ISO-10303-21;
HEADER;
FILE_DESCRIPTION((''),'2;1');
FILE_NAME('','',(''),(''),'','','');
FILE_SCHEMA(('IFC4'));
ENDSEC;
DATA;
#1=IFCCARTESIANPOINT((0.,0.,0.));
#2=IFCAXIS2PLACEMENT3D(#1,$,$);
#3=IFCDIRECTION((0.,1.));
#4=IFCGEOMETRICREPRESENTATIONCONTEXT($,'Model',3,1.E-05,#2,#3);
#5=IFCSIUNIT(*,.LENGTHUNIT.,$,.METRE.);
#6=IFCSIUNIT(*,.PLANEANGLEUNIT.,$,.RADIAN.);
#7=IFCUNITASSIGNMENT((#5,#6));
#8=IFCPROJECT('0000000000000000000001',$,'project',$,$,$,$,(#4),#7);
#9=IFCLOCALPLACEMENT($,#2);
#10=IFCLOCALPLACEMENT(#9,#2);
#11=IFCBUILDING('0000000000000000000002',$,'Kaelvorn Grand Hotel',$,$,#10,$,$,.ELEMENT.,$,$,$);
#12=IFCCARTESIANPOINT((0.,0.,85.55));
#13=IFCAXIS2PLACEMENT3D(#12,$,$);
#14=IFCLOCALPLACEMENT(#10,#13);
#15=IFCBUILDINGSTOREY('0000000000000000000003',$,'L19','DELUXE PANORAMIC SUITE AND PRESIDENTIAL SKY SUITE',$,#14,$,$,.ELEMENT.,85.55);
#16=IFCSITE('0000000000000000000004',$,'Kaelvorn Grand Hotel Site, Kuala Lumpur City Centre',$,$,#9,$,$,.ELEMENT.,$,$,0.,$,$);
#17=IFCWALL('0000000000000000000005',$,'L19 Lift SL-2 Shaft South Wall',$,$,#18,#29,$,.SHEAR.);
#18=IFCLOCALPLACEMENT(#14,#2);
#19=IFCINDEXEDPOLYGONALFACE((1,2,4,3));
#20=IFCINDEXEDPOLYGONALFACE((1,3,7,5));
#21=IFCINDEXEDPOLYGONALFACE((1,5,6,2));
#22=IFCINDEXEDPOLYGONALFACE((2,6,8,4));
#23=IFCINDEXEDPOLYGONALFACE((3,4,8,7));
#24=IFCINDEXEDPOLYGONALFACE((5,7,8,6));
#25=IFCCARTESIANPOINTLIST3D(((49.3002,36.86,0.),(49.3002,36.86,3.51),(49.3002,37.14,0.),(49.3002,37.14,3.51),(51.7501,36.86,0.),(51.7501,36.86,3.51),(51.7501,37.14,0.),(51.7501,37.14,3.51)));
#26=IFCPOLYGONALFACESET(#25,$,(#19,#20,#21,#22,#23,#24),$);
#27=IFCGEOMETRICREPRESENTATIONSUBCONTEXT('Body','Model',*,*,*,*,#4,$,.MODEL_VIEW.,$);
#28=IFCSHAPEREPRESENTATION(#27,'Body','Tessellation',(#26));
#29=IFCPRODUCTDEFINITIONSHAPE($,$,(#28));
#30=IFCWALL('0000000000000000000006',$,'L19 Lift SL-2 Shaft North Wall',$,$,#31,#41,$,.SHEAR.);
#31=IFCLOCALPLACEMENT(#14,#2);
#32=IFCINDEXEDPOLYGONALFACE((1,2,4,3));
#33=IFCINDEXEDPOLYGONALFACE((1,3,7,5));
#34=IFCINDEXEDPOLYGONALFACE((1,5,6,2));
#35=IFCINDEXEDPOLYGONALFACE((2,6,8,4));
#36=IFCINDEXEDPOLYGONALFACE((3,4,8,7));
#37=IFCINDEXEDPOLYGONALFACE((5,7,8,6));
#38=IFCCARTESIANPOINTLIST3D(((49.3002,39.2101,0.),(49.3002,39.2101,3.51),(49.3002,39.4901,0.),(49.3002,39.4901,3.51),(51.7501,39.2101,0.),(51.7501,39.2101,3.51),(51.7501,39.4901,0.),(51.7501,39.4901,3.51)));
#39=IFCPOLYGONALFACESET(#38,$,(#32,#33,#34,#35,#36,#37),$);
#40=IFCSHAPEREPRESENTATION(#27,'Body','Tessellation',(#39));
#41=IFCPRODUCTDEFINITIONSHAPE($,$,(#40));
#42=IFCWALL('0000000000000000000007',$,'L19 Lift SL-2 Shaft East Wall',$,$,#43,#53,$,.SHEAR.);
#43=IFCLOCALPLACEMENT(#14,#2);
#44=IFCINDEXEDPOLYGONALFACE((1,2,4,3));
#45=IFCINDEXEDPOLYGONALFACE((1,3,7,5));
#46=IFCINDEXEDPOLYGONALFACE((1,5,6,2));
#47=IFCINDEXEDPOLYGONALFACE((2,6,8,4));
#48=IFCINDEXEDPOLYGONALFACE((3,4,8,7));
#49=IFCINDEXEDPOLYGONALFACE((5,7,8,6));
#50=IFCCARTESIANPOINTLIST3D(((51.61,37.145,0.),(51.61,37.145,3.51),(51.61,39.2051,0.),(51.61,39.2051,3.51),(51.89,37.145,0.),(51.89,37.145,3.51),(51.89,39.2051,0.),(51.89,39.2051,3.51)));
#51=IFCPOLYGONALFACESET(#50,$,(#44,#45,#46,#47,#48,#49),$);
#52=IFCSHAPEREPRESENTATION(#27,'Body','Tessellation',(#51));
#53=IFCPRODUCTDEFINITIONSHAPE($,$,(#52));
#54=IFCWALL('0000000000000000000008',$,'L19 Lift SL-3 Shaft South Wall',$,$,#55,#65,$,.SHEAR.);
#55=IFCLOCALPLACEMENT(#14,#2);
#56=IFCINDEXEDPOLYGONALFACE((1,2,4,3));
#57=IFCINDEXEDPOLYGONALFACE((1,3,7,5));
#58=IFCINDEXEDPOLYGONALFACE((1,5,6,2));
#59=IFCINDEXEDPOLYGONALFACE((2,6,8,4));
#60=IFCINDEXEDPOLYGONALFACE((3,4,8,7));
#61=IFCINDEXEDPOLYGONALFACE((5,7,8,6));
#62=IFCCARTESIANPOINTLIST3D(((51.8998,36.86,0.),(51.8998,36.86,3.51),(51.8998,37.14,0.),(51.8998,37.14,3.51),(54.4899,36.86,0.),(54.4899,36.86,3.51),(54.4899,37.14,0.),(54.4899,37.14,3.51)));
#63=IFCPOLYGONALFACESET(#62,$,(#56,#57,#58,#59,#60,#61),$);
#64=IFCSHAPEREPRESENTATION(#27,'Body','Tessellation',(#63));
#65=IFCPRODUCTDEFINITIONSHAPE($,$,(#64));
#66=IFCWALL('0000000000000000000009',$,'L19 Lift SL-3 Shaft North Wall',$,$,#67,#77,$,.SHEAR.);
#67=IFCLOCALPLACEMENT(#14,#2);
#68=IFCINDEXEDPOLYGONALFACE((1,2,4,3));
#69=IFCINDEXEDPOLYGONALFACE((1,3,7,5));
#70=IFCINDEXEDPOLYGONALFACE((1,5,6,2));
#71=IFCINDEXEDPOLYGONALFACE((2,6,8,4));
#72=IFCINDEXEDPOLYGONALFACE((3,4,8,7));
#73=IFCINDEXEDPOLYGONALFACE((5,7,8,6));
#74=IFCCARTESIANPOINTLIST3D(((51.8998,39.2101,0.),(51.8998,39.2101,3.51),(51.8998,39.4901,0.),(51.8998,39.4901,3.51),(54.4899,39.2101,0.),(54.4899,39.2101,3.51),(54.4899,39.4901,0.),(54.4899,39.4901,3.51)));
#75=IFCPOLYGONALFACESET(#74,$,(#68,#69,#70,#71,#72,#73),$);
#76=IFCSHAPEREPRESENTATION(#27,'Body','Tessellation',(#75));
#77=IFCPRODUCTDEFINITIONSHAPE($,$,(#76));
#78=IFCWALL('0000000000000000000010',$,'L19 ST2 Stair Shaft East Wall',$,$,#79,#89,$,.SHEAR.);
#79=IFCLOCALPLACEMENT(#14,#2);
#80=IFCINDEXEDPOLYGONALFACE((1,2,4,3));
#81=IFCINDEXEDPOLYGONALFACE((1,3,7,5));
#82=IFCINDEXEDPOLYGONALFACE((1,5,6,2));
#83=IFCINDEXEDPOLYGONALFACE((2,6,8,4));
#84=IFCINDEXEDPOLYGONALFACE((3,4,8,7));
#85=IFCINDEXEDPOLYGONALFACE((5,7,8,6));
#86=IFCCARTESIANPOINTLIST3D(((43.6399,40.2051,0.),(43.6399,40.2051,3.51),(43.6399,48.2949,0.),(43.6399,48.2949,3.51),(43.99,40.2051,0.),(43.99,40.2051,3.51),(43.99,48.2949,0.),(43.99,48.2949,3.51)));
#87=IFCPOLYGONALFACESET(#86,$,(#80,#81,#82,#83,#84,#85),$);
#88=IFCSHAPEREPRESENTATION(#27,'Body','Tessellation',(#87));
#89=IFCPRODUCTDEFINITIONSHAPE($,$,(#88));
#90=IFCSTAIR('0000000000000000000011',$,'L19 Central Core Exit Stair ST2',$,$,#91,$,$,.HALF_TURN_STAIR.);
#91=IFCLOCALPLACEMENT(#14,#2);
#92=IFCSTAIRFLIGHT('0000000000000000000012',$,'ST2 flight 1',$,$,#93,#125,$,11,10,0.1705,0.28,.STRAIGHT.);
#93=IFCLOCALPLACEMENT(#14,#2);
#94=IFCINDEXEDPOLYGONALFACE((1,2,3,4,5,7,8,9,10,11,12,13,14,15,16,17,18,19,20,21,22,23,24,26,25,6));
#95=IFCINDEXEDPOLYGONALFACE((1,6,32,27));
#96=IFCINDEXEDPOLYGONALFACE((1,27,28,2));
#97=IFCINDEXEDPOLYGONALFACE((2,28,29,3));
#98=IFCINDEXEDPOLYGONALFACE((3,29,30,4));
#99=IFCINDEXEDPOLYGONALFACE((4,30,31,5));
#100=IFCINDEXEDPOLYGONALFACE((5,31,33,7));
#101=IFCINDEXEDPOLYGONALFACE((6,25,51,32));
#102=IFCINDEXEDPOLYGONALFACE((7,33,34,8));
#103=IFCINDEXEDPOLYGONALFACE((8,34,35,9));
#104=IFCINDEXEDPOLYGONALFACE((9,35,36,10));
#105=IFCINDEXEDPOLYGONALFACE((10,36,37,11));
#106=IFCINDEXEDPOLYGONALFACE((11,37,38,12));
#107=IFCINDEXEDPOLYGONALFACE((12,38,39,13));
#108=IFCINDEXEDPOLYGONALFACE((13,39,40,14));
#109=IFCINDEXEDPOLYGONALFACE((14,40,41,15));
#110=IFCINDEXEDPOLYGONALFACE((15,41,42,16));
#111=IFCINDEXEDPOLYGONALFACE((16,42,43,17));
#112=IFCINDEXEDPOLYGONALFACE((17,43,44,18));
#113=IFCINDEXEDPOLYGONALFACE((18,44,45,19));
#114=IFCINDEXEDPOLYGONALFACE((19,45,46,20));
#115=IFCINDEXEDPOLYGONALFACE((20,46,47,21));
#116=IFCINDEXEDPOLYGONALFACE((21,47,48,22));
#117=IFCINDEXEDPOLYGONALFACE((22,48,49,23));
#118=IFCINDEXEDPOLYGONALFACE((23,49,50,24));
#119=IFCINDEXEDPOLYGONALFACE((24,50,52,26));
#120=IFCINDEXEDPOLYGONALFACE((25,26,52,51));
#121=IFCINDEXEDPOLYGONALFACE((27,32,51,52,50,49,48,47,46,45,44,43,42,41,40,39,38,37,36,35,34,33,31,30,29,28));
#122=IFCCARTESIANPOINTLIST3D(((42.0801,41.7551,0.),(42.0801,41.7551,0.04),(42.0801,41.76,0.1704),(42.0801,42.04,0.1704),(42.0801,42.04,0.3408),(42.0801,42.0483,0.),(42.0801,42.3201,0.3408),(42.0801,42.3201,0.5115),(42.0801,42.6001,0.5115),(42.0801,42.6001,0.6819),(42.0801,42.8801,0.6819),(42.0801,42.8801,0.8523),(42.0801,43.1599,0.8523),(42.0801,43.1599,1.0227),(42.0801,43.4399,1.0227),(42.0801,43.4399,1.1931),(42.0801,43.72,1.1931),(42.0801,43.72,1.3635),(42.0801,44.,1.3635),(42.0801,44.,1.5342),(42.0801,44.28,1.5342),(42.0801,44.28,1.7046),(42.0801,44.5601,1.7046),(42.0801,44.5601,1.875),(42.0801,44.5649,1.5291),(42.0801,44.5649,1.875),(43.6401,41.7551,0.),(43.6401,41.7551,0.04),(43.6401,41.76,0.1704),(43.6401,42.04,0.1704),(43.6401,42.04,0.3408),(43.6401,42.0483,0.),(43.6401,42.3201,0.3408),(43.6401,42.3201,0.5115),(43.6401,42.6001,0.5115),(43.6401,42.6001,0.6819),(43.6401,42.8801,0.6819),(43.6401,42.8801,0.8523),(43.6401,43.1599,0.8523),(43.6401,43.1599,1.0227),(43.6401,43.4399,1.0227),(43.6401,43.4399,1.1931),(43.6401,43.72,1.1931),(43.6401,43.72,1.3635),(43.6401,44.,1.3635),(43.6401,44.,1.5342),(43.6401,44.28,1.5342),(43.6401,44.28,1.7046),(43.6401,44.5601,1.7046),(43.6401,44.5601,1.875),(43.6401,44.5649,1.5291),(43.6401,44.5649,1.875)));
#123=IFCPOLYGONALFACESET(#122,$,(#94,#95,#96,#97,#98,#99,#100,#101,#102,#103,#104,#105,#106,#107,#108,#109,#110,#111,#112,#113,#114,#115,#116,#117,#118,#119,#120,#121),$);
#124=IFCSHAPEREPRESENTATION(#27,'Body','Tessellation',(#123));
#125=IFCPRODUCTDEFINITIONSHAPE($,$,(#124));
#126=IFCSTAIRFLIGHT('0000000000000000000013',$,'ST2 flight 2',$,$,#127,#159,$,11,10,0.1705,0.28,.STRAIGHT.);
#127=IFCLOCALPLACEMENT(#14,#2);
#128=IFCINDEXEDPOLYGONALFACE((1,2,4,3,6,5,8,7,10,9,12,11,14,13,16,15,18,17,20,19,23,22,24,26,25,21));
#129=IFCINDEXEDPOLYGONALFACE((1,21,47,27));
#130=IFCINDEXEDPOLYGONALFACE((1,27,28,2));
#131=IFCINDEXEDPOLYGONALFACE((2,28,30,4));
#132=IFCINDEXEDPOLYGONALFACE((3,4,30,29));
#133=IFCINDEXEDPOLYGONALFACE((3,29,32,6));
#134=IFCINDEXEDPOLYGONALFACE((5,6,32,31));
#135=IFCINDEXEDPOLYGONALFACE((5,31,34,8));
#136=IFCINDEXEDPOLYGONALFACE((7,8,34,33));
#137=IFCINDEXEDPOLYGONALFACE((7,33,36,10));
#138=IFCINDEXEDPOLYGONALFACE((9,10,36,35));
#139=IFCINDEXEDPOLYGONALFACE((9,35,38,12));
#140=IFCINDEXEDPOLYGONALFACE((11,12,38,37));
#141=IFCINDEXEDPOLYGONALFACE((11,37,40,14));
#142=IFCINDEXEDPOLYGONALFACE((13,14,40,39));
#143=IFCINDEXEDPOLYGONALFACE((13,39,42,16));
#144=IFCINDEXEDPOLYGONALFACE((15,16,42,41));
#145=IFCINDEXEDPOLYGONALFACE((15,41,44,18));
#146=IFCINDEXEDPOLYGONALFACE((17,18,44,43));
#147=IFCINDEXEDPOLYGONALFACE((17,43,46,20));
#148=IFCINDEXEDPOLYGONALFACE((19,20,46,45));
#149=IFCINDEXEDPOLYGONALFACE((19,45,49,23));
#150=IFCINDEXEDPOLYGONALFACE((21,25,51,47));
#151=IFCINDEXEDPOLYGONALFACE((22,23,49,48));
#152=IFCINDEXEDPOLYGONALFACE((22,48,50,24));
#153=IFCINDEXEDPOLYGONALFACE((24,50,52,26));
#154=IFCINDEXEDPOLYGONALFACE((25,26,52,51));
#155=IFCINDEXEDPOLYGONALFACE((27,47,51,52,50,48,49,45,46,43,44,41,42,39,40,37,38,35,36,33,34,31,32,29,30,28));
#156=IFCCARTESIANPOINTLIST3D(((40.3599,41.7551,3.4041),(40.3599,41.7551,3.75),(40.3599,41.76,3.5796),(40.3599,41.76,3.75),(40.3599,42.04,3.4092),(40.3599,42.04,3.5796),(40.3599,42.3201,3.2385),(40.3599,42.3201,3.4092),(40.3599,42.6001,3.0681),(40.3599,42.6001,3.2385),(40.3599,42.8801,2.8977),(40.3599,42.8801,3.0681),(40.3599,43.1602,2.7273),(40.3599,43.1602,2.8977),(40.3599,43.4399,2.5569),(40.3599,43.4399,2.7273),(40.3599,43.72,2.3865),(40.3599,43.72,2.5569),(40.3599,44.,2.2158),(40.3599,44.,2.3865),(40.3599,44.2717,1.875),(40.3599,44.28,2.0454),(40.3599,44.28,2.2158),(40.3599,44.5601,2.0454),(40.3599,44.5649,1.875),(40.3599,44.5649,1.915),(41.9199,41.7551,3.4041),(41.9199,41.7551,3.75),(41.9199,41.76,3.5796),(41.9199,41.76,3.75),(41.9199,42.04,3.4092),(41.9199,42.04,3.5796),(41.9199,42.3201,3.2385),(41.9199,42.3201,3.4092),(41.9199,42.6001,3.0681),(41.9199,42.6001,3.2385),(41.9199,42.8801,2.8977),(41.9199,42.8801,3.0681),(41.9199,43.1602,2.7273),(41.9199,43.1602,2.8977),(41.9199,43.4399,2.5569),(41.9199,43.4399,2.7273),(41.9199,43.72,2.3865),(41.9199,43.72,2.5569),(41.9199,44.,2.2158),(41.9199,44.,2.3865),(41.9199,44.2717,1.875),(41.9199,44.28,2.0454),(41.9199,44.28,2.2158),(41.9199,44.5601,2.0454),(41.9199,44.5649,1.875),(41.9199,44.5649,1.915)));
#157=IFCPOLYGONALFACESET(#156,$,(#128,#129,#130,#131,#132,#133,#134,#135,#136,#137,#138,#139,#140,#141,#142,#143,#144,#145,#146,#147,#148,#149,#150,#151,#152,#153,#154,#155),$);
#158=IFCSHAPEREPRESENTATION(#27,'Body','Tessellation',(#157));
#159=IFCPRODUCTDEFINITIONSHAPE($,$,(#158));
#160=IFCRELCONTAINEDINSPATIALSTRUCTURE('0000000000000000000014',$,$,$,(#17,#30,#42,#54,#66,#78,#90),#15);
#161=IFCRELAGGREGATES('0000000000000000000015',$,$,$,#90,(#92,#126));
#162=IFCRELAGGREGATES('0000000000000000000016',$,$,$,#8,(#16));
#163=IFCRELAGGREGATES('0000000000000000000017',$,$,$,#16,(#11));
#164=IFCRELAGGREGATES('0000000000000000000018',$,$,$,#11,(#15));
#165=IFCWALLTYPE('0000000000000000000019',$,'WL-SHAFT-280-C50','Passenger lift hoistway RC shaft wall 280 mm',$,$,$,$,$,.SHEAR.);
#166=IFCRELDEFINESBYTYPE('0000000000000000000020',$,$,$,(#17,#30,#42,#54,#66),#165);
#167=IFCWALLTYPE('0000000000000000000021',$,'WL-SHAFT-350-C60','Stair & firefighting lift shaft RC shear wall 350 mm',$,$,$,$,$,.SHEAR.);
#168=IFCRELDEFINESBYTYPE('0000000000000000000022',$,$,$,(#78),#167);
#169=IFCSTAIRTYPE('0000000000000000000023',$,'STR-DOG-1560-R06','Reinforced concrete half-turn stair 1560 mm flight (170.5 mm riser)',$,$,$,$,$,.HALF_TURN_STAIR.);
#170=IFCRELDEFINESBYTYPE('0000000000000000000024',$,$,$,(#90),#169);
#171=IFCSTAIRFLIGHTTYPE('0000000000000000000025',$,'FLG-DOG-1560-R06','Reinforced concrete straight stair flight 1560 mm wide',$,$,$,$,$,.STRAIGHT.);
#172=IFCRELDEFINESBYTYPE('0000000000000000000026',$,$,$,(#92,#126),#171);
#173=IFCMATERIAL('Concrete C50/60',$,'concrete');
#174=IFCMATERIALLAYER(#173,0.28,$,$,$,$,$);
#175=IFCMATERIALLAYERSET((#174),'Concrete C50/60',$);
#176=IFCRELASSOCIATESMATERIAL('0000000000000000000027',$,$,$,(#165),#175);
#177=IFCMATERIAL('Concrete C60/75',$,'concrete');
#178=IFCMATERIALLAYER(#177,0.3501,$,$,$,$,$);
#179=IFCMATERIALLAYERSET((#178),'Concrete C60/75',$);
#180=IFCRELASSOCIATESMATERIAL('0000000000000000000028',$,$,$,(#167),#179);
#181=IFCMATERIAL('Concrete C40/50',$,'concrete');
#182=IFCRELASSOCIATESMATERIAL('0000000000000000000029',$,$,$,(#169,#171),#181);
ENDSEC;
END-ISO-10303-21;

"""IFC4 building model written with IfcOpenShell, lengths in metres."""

from ifc_helpers import new_model, si_unit, direction, frame, frame_2d, origin, place, context, subcontext, project, spatial, polyline, rectangle, outline, extrude, material, layer, layer_set, type_object, element, aggregate, save


model = new_model("IFC4")

# Units and contexts
model_context = context("Model", 3, precision=1e-05, world=origin(), true_north=direction((0.0, 1.0)))
body_context = subcontext(model_context, "Body", "Model", "MODEL_VIEW")
ifc_project = project(units=[si_unit("LENGTHUNIT", "METRE"), si_unit("PLANEANGLEUNIT", "RADIAN")], contexts=[model_context])

# Site, building, storey
site_placement = place(None, origin())
site = spatial("IfcSite", under=ifc_project, at=site_placement, Name="Kaelvorn Grand Hotel Site, Kuala Lumpur City Centre", CompositionType="ELEMENT", RefElevation=0.0)
building_placement = place(site_placement, origin())
building = spatial("IfcBuilding", under=site, at=building_placement, Name="Kaelvorn Grand Hotel", CompositionType="ELEMENT")
storey_placement = place(building_placement, frame((0.0, 0.0, 85.55)))
storey = spatial("IfcBuildingStorey", under=building, at=storey_placement, Name="L19", Description="DELUXE PANORAMIC SUITE AND PRESIDENTIAL SKY SUITE", CompositionType="ELEMENT", Elevation=85.55)

# Shared definitions
ifc_material_1 = material(Name="Concrete C60/75", Category="concrete")

# Walls
ifc_material_2 = material(Name="Concrete C40/50", Category="concrete")
ifc_material_3 = material(Name="Concrete C50/60", Category="concrete")
ifc_layer_1 = layer(ifc_material_3, 0.28)
ifc_layer_set_1 = layer_set([ifc_layer_1], Name="Concrete C50/60")
wall_type_1 = type_object("IfcWallType", Name="WL-SHAFT-280-C50", Description="Passenger lift hoistway RC shaft wall 280 mm", PredefinedType="SHEAR", material=ifc_layer_set_1)
for number, where, z_axis, x_axis, name in (
    (1, (49.3, 37.0, 0.0), (0.0, 0.0, 1.0), (1.0, 0.0, 0.0), "L19 Lift SL-2 Shaft South Wall"),
    (2, (49.3, 39.3501, 0.0), (0.0, 0.0, 1.0), (1.0, 0.0, 0.0), "L19 Lift SL-2 Shaft North Wall"),
):
    element("IfcWall", number, at=place(storey_placement, frame(where, z_axis=z_axis, x_axis=x_axis)), inside=storey, type_object=wall_type_1, Name=name, PredefinedType="SHEAR", context=body_context, shape_type="SweptSolid", body=[
        extrude(rectangle(XDim=2.45, YDim=0.28, at=frame_2d((1.2251, 0.0))), origin(), (0.0, 0.0, 1.0), 3.51),
    ])
wall_1_placement = place(storey_placement, frame((51.75, 37.145, 0.0), z_axis=(0.0, 0.0, 1.0), x_axis=(0.0, 1.0, 0.0)))
element("IfcWall", 3, at=wall_1_placement, inside=storey, type_object=wall_type_1, Name="L19 Lift SL-2 Shaft East Wall", PredefinedType="SHEAR", context=body_context, shape_type="SweptSolid", body=[
    extrude(rectangle(XDim=2.0601, YDim=0.28, at=frame_2d((1.03, 0.0))), origin(), (0.0, 0.0, 1.0), 3.51),
])
for number, where, z_axis, x_axis, name in (
    (4, (51.8999, 37.0, 0.0), (0.0, 0.0, 1.0), (1.0, 0.0, 0.0), "L19 Lift SL-3 Shaft South Wall"),
    (5, (51.8999, 39.3501, 0.0), (0.0, 0.0, 1.0), (1.0, 0.0, 0.0), "L19 Lift SL-3 Shaft North Wall"),
):
    element("IfcWall", number, at=place(storey_placement, frame(where, z_axis=z_axis, x_axis=x_axis)), inside=storey, type_object=wall_type_1, Name=name, PredefinedType="SHEAR", context=body_context, shape_type="SweptSolid", body=[
        extrude(rectangle(XDim=2.5901, YDim=0.28, at=frame_2d((1.2949, 0.0))), origin(), (0.0, 0.0, 1.0), 3.51),
    ])
ifc_layer_2 = layer(ifc_material_1, 0.3501)
ifc_layer_set_2 = layer_set([ifc_layer_2], Name="Concrete C60/75")
wall_type_2 = type_object("IfcWallType", Name="WL-SHAFT-350-C60", Description="Stair & firefighting lift shaft RC shear wall 350 mm", PredefinedType="SHEAR", material=ifc_layer_set_2)
wall_2_placement = place(storey_placement, frame((43.8149, 40.2051, 0.0), z_axis=(0.0, 0.0, 1.0), x_axis=(0.0, 1.0, 0.0)))
element("IfcWall", 6, at=wall_2_placement, inside=storey, type_object=wall_type_2, Name="L19 ST2 Stair Shaft East Wall", PredefinedType="SHEAR", context=body_context, shape_type="SweptSolid", body=[
    extrude(rectangle(XDim=8.0898, YDim=0.3501, at=frame_2d((4.0449, 0.0))), origin(), (0.0, 0.0, 1.0), 3.51),
])

# Stair, stair flights
stair_type = type_object("IfcStairType", Name="STR-DOG-1560-R06", Description="Reinforced concrete half-turn stair 1560 mm flight (170.5 mm riser)", PredefinedType="HALF_TURN_STAIR", material=ifc_material_2)
stair_placement = place(storey_placement, origin())
stair = element("IfcStair", 7, at=stair_placement, inside=storey, type_object=stair_type, Name="L19 Central Core Exit Stair ST2", PredefinedType="HALF_TURN_STAIR")
stair_flight_type = type_object("IfcStairFlightType", Name="FLG-DOG-1560-R06", Description="Reinforced concrete straight stair flight 1560 mm wide", PredefinedType="STRAIGHT", material=ifc_material_2)
stair_flight_1_placement = place(storey_placement, frame((42.8601, 41.76, 0.0), z_axis=(0.0, 0.0, 1.0), x_axis=(0.0, 1.0, 0.0)))
stair_flight_1 = element("IfcStairFlight", 8, at=stair_flight_1_placement, type_object=stair_flight_type, Name="ST2 flight 1", NumberOfRisers=11, NumberOfTreads=10, PredefinedType="STRAIGHT", RiserHeight=0.1705, TreadLength=0.28, context=body_context, shape_type="SweptSolid", body=[
    extrude(outline(polyline([(-0.0049, 0.0), (-0.0049, 0.04), (0.0, 0.1704), (0.28, 0.1704), (0.28, 0.3408), (0.5601, 0.3408), (0.5601, 0.5115), (0.8401, 0.5115), (0.8401, 0.6819), (1.1201, 0.6819), (1.1201, 0.8523), (1.3999, 0.8523), (1.3999, 1.0227), (1.6799, 1.0227), (1.6799, 1.1931), (1.96, 1.1931), (1.96, 1.3635), (2.24, 1.3635), (2.24, 1.5342), (2.52, 1.5342), (2.52, 1.7046), (2.8, 1.7046), (2.8, 1.875), (2.8049, 1.875), (2.8049, 1.5291), (0.2883, 0.0), (-0.0049, 0.0)])), frame((0.0, 0.78, 0.0), z_axis=(0.0, -1.0, 0.0), x_axis=(1.0, 0.0, 0.0)), (0.0, 0.0, 1.0), 1.5601),
])
stair_flight_2_placement = place(storey_placement, frame((41.1399, 44.5601, 1.875), z_axis=(0.0, 0.0, 1.0), x_axis=(0.0, -1.0, 0.0)))
stair_flight_2 = element("IfcStairFlight", 9, at=stair_flight_2_placement, type_object=stair_flight_type, Name="ST2 flight 2", NumberOfRisers=11, NumberOfTreads=10, PredefinedType="STRAIGHT", RiserHeight=0.1705, TreadLength=0.28, context=body_context, shape_type="SweptSolid", body=[
    extrude(outline(polyline([(-0.0049, 0.0), (-0.0049, 0.04), (0.0, 0.1704), (0.28, 0.1704), (0.28, 0.3408), (0.5601, 0.3408), (0.5601, 0.5115), (0.8401, 0.5115), (0.8401, 0.6819), (1.1201, 0.6819), (1.1201, 0.8523), (1.3999, 0.8523), (1.3999, 1.0227), (1.6799, 1.0227), (1.6799, 1.1931), (1.96, 1.1931), (1.96, 1.3635), (2.24, 1.3635), (2.24, 1.5342), (2.52, 1.5342), (2.52, 1.7046), (2.8, 1.7046), (2.8, 1.875), (2.8049, 1.875), (2.8049, 1.5291), (0.2883, 0.0), (-0.0049, 0.0)])), frame((0.0, 0.78, 0.0), z_axis=(0.0, -1.0, 0.0), x_axis=(1.0, 0.0, 0.0)), (0.0, 0.0, 1.0), 1.5601),
])
aggregate(stair, [stair_flight_1, stair_flight_2])

save(model, "model.ifc")
